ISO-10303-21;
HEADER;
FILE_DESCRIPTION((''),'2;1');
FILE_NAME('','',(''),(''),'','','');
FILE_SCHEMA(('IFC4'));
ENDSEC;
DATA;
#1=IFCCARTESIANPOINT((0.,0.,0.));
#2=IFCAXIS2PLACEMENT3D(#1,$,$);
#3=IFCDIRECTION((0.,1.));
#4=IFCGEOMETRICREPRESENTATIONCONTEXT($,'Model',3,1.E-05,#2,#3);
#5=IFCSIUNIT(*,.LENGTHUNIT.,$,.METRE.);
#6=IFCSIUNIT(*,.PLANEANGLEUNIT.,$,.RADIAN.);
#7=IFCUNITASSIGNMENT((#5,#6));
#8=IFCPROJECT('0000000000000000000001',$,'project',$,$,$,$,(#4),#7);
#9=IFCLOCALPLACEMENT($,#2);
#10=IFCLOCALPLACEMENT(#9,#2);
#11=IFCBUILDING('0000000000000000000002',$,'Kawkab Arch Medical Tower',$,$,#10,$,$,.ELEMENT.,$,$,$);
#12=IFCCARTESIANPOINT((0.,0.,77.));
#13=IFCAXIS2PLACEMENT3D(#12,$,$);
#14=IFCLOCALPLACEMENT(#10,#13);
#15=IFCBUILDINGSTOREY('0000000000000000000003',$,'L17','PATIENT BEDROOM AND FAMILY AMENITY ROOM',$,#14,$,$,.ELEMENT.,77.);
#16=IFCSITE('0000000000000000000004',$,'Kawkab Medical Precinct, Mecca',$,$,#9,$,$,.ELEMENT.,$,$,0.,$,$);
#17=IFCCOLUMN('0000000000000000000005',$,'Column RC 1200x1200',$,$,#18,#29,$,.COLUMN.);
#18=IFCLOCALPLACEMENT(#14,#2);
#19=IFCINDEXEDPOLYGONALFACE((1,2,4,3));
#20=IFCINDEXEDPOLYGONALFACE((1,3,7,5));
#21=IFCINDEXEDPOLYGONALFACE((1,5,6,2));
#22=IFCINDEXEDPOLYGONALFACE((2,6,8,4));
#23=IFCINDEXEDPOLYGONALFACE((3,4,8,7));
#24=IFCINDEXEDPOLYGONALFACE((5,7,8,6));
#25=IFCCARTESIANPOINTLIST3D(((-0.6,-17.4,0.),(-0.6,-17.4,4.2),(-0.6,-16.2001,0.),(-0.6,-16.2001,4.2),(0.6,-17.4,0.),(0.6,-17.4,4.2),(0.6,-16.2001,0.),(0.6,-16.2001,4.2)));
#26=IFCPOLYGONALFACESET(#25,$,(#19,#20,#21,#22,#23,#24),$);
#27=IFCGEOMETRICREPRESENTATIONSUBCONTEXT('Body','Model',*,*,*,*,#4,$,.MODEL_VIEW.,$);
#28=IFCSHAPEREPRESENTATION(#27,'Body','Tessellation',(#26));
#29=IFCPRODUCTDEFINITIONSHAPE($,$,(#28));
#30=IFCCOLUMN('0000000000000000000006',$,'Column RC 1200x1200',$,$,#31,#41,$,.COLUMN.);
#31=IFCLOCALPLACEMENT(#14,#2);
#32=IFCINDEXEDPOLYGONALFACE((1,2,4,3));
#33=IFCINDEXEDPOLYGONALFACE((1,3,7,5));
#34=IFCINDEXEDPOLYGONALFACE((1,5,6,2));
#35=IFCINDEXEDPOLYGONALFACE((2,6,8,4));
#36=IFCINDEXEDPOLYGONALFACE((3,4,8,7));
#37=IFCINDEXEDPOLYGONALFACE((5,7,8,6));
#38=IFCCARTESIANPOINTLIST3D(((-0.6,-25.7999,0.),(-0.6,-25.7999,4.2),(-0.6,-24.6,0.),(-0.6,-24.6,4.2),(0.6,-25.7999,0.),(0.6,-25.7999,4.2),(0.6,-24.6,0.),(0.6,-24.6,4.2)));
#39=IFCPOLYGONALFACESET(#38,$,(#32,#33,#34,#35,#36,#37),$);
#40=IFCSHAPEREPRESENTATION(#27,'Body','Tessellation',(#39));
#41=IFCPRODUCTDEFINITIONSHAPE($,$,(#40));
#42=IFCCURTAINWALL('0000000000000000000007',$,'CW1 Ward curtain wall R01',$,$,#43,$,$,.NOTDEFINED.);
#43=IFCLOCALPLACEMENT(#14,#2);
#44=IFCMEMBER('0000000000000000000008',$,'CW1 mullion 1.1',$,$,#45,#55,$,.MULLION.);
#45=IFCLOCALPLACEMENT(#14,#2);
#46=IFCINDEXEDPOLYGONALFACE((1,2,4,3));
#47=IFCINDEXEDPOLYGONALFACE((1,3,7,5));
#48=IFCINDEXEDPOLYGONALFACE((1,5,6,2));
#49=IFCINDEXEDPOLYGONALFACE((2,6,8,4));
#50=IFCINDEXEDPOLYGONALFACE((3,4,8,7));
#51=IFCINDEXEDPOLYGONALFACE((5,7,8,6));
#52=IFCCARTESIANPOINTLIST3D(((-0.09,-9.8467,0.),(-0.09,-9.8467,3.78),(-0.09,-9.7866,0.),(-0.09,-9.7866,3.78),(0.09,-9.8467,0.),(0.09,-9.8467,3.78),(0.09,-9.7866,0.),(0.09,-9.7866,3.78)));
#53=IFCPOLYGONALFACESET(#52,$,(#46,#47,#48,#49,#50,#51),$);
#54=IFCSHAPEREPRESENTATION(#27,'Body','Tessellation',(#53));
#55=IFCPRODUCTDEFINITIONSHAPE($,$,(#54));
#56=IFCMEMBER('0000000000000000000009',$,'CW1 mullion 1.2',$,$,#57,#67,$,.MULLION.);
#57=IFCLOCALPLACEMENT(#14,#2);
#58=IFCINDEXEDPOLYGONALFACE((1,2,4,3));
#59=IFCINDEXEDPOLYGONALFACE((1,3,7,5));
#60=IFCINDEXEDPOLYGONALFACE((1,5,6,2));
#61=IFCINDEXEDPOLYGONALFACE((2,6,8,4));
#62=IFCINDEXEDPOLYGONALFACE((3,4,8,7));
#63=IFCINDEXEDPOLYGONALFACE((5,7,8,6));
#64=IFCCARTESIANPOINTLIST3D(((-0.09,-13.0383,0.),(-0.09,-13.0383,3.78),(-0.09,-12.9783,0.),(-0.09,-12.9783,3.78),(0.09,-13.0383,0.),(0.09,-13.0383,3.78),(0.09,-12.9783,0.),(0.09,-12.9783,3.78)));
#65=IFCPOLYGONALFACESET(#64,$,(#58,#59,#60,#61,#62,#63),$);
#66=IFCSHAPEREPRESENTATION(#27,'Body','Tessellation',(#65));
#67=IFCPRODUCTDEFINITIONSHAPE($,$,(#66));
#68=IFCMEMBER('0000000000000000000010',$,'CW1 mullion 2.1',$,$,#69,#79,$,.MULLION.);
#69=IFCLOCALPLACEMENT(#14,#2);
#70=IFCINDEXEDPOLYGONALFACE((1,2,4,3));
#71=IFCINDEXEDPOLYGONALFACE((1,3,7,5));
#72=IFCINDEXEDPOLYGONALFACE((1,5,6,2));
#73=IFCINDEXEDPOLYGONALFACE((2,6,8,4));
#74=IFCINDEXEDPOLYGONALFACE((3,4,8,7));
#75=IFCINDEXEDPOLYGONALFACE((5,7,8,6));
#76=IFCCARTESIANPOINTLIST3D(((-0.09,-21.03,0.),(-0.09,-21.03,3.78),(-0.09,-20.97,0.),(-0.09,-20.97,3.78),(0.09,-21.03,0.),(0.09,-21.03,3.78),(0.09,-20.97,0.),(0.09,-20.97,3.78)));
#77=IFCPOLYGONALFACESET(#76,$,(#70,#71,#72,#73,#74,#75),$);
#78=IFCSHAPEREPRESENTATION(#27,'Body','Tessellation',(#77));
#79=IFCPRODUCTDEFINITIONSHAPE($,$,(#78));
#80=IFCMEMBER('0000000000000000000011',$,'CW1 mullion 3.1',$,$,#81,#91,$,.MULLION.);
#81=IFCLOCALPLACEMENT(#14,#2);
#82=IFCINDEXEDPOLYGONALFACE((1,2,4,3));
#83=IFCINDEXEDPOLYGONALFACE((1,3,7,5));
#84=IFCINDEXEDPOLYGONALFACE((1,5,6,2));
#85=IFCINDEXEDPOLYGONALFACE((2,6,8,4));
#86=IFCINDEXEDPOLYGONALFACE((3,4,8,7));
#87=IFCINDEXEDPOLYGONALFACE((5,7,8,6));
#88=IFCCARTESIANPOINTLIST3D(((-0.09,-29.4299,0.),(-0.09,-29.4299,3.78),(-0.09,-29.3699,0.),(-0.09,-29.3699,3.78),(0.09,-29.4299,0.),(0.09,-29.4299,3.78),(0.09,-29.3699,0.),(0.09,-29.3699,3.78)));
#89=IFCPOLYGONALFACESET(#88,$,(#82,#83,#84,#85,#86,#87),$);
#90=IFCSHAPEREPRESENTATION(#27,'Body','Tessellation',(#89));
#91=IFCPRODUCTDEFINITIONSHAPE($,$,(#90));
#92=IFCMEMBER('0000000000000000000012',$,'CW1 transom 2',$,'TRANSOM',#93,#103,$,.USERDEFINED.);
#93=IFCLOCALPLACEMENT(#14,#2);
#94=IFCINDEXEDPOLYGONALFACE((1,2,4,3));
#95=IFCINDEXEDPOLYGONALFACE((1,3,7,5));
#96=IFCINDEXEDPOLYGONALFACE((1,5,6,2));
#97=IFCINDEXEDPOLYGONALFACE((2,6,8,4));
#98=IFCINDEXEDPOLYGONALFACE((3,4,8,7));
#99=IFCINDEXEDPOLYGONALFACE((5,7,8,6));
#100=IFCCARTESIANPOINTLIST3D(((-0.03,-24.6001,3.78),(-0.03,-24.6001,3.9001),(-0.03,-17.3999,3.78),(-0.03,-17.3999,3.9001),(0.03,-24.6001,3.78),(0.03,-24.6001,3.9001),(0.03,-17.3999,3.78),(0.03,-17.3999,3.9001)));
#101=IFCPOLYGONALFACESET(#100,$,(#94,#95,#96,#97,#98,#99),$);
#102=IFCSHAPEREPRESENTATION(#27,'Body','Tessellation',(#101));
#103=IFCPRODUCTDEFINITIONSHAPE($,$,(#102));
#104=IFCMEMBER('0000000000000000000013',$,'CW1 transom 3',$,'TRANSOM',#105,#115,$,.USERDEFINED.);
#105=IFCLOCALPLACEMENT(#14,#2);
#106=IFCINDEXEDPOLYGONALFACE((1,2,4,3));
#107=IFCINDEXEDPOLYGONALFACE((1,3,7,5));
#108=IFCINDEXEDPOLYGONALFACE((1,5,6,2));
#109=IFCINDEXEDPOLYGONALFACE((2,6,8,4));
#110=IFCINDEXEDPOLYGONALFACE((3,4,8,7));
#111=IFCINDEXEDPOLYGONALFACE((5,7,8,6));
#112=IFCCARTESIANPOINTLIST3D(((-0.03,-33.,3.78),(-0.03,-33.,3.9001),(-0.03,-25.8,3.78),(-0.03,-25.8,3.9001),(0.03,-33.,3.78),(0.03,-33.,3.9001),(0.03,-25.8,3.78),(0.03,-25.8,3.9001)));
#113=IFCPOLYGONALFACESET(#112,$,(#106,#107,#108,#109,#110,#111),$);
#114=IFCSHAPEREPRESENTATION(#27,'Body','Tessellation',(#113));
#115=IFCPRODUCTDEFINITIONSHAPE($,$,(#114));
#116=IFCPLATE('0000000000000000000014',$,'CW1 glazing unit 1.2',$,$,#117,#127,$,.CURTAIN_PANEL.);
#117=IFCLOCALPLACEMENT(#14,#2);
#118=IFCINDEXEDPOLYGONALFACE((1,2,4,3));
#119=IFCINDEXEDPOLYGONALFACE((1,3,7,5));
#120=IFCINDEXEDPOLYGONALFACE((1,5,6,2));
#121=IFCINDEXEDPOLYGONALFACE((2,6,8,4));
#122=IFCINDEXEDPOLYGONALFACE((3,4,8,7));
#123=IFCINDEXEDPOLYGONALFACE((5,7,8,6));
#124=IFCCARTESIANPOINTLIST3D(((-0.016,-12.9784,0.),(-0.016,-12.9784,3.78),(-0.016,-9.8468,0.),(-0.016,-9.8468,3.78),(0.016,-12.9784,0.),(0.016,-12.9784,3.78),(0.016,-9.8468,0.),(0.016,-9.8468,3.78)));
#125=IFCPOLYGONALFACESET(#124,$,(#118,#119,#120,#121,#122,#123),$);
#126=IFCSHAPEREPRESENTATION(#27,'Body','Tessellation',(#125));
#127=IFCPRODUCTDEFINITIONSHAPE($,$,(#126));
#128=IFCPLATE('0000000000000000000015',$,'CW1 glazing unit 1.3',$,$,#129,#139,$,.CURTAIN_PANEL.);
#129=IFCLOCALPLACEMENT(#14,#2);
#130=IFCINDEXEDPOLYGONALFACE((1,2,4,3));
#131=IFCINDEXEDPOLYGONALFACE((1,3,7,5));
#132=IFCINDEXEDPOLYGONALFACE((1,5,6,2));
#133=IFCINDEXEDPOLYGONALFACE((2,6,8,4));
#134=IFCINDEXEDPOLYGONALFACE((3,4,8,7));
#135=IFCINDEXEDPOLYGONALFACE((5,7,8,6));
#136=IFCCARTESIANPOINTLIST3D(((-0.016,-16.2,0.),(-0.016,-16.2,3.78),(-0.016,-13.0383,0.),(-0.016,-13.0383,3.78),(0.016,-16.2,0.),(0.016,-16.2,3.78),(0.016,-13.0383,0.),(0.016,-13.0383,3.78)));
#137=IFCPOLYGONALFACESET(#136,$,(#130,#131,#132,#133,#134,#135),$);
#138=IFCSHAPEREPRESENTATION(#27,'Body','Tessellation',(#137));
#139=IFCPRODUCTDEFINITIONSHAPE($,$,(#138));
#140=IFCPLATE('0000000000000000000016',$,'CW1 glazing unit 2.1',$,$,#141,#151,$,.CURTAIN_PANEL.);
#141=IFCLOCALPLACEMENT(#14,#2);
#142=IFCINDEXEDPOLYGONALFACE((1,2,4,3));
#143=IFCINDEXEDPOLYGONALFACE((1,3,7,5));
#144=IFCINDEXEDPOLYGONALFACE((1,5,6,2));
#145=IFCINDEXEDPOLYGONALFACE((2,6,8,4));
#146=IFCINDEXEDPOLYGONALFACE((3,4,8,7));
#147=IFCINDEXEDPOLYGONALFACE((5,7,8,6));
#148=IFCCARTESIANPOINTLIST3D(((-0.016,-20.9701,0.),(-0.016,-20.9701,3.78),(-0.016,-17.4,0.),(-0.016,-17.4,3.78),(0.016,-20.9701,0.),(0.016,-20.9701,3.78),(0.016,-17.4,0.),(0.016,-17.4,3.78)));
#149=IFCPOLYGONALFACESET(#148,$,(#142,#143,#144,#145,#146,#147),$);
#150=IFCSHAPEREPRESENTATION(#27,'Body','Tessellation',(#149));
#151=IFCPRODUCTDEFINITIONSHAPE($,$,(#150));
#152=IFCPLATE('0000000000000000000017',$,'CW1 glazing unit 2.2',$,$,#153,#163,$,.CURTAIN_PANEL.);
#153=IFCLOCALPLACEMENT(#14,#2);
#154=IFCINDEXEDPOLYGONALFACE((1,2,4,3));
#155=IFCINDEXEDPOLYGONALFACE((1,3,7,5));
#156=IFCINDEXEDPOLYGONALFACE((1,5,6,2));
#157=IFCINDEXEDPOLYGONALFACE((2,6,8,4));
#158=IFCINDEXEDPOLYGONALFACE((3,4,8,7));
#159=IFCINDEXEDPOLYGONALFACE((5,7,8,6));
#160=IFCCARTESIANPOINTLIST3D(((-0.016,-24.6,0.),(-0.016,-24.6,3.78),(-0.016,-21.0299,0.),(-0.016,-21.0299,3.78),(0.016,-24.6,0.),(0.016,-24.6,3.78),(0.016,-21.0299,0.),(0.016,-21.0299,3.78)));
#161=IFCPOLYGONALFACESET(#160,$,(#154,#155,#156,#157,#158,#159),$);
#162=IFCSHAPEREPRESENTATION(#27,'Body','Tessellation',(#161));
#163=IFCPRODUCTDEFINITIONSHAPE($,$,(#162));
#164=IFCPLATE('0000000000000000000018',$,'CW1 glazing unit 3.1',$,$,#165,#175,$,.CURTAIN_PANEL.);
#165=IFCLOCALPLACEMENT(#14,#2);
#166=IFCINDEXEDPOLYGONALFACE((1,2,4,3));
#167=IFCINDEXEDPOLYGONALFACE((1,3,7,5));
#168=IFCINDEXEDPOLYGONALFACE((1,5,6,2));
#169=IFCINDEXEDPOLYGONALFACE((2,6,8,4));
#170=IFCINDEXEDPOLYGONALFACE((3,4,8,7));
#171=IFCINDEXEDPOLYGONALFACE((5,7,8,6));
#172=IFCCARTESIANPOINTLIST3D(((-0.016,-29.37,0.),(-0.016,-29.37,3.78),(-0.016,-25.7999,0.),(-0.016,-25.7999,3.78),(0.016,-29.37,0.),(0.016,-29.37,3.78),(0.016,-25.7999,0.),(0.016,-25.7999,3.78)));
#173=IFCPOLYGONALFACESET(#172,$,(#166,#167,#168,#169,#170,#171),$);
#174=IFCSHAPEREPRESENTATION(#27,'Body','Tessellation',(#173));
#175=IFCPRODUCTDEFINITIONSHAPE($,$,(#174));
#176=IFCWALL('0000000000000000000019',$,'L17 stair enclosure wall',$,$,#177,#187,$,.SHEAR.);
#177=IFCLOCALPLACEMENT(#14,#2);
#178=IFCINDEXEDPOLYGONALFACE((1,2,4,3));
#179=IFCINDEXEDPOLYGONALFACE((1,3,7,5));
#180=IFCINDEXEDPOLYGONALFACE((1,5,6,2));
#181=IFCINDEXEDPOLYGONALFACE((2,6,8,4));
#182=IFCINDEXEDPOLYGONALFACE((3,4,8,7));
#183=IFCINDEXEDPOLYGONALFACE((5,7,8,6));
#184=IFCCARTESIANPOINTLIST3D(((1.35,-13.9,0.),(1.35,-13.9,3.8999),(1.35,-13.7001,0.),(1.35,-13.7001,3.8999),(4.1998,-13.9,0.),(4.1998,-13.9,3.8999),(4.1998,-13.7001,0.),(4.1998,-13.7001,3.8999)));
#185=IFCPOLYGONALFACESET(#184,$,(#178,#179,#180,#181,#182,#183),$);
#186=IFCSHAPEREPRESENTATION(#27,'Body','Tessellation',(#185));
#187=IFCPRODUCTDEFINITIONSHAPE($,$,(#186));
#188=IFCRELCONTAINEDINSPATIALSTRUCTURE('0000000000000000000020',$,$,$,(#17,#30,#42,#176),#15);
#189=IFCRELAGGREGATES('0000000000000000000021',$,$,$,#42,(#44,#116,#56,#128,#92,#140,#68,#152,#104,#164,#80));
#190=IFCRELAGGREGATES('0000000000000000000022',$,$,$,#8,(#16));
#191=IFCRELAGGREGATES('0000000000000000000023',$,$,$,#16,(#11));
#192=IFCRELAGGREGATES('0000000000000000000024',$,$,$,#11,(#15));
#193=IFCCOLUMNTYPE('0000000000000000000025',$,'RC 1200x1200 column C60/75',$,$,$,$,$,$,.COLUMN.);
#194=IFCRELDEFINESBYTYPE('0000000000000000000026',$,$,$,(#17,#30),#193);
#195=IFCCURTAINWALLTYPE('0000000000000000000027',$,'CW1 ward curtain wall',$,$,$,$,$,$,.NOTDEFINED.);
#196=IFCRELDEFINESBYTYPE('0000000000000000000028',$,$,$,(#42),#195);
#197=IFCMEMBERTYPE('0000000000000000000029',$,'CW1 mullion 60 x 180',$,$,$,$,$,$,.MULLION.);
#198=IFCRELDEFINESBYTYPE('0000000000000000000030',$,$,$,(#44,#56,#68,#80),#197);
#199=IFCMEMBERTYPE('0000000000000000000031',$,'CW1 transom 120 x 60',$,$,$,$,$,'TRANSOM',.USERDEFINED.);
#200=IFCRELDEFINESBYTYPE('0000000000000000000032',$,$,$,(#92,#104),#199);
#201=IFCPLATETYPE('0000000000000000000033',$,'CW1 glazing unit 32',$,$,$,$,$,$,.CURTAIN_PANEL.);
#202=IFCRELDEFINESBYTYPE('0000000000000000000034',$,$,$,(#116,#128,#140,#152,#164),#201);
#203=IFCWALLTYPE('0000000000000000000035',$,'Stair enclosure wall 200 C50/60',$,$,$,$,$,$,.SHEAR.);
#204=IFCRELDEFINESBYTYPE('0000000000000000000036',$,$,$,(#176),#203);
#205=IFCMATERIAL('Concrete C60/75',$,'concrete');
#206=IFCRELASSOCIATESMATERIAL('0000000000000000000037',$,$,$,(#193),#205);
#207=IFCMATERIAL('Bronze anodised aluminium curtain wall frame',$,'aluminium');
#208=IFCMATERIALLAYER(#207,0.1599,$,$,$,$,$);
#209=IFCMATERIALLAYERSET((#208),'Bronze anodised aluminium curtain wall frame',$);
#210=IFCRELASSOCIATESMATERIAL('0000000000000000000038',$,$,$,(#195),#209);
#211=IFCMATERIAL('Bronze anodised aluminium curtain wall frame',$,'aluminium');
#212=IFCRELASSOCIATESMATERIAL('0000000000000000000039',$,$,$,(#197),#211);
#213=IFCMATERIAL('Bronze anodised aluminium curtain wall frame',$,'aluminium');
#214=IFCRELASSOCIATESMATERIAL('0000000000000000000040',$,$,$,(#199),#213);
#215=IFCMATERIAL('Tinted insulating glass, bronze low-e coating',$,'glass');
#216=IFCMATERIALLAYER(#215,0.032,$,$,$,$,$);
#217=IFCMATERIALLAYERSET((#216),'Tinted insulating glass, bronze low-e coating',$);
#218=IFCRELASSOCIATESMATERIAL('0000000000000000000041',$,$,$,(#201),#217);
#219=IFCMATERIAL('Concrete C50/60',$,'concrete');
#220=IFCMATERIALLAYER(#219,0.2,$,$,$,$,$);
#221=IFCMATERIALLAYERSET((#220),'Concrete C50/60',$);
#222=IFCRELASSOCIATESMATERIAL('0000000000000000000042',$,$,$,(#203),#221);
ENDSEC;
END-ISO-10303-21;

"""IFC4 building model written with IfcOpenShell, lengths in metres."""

from ifc_helpers import new_model, si_unit, direction, frame, frame_2d, origin, origin_2d, place, context, subcontext, project, spatial, rectangle, extrude, material, layer, layer_set, material_profile, profile_set, type_object, element, aggregate, save


model = new_model("IFC4")

# Units and contexts
model_context = context("Model", 3, precision=1e-05, world=origin(), true_north=direction((0.0, 1.0)))
body_context = subcontext(model_context, "Body", "Model", "MODEL_VIEW")
ifc_project = project(units=[si_unit("LENGTHUNIT", "METRE"), si_unit("PLANEANGLEUNIT", "RADIAN")], contexts=[model_context])

# Site, building, storey
site_placement = place(None, origin())
site = spatial("IfcSite", under=ifc_project, at=site_placement, Name="Kawkab Medical Precinct, Mecca", CompositionType="ELEMENT", RefElevation=0.0)
building_placement = place(site_placement, origin())
building = spatial("IfcBuilding", under=site, at=building_placement, Name="Kawkab Arch Medical Tower", CompositionType="ELEMENT")
storey_placement = place(building_placement, frame((0.0, 0.0, 77.0)))
storey = spatial("IfcBuildingStorey", under=building, at=storey_placement, Name="L17", Description="PATIENT BEDROOM AND FAMILY AMENITY ROOM", CompositionType="ELEMENT", Elevation=77.0)

# Columns
ifc_material_1 = material(Name="Concrete C60/75", Category="concrete")
ifc_material_profile_1 = material_profile(ifc_material_1, rectangle(XDim=1.2, YDim=1.2, at=origin_2d()), Name="RC 1200x1200")
ifc_profile_set_1 = profile_set([ifc_material_profile_1], Name="Concrete C60/75")
column_type = type_object("IfcColumnType", Name="RC 1200x1200 column C60/75", PredefinedType="COLUMN", material=ifc_profile_set_1)
for number, where, z_axis, x_axis, name in (
    (1, (0.0, -16.8, 0.0), (0.0, 0.0, 1.0), (1.0, 0.0, 0.0), "Column RC 1200x1200"),
    (2, (0.0, -25.2, 0.0), (0.0, 0.0, 1.0), (1.0, 0.0, 0.0), "Column RC 1200x1200"),
):
    element("IfcColumn", number, at=place(storey_placement, frame(where, z_axis=z_axis, x_axis=x_axis)), inside=storey, type_object=column_type, Name=name, PredefinedType="COLUMN", context=body_context, shape_type="SweptSolid", body=[
        extrude(rectangle(XDim=1.2, YDim=1.2, at=origin_2d()), origin(), (0.0, 0.0, 1.0), 4.2),
    ])

# Curtain wall, members, plates
ifc_material_2 = material(Name="Bronze anodised aluminium curtain wall frame", Category="aluminium")
ifc_layer_1 = layer(ifc_material_2, 0.1599)
ifc_layer_set_1 = layer_set([ifc_layer_1], Name="Bronze anodised aluminium curtain wall frame")
curtain_wall_type = type_object("IfcCurtainWallType", Name="CW1 ward curtain wall", PredefinedType="NOTDEFINED", material=ifc_layer_set_1)
placement = place(storey_placement, origin())
curtain_wall = element("IfcCurtainWall", 3, at=placement, inside=storey, type_object=curtain_wall_type, Name="CW1 Ward curtain wall R01", PredefinedType="NOTDEFINED")
ifc_material_3 = material(Name="Bronze anodised aluminium curtain wall frame", Category="aluminium")
ifc_material_profile_2 = material_profile(ifc_material_3, rectangle(XDim=0.1799, YDim=0.0601, at=origin_2d()), Name="AL 60x180")
ifc_profile_set_2 = profile_set([ifc_material_profile_2], Name="Bronze anodised aluminium curtain wall frame")
member_type_1 = type_object("IfcMemberType", Name="CW1 mullion 60 x 180", PredefinedType="MULLION", material=ifc_profile_set_2)
member_1_placement = place(storey_placement, frame((0.0, -9.8167, 0.0), z_axis=(0.0, 0.0, 1.0), x_axis=(1.0, 0.0, 0.0)))
member_1 = element("IfcMember", 4, at=member_1_placement, type_object=member_type_1, Name="CW1 mullion 1.1", PredefinedType="MULLION", context=body_context, shape_type="SweptSolid", body=[
    extrude(rectangle(XDim=0.1799, YDim=0.0601, at=origin_2d()), origin(), (0.0, 0.0, 1.0), 3.78),
])
member_2_placement = place(storey_placement, frame((0.0, -13.0083, 0.0), z_axis=(0.0, 0.0, 1.0), x_axis=(1.0, 0.0, 0.0)))
member_2 = element("IfcMember", 5, at=member_2_placement, type_object=member_type_1, Name="CW1 mullion 1.2", PredefinedType="MULLION", context=body_context, shape_type="SweptSolid", body=[
    extrude(rectangle(XDim=0.1799, YDim=0.0601, at=origin_2d()), origin(), (0.0, 0.0, 1.0), 3.78),
])
member_3_placement = place(storey_placement, frame((0.0, -21.0, 0.0), z_axis=(0.0, 0.0, 1.0), x_axis=(1.0, 0.0, 0.0)))
member_3 = element("IfcMember", 6, at=member_3_placement, type_object=member_type_1, Name="CW1 mullion 2.1", PredefinedType="MULLION", context=body_context, shape_type="SweptSolid", body=[
    extrude(rectangle(XDim=0.1799, YDim=0.0601, at=origin_2d()), origin(), (0.0, 0.0, 1.0), 3.78),
])
member_4_placement = place(storey_placement, frame((0.0, -29.3999, 0.0), z_axis=(0.0, 0.0, 1.0), x_axis=(1.0, 0.0, 0.0)))
member_4 = element("IfcMember", 7, at=member_4_placement, type_object=member_type_1, Name="CW1 mullion 3.1", PredefinedType="MULLION", context=body_context, shape_type="SweptSolid", body=[
    extrude(rectangle(XDim=0.1799, YDim=0.0601, at=origin_2d()), origin(), (0.0, 0.0, 1.0), 3.78),
])
ifc_material_4 = material(Name="Bronze anodised aluminium curtain wall frame", Category="aluminium")
ifc_material_profile_3 = material_profile(ifc_material_4, rectangle(XDim=0.0601, YDim=0.1201, at=origin_2d()), Name="AL 60x120")
ifc_profile_set_3 = profile_set([ifc_material_profile_3], Name="Bronze anodised aluminium curtain wall frame")
member_type_2 = type_object("IfcMemberType", Name="CW1 transom 120 x 60", ElementType="TRANSOM", PredefinedType="USERDEFINED", material=ifc_profile_set_3)
member_5_placement = place(storey_placement, frame((0.0, -17.3999, 3.8401), z_axis=(0.0, -1.0, 0.0), x_axis=(1.0, 0.0, 0.0)))
member_5 = element("IfcMember", 8, at=member_5_placement, type_object=member_type_2, Name="CW1 transom 2", ObjectType="TRANSOM", PredefinedType="USERDEFINED", context=body_context, shape_type="SweptSolid", body=[
    extrude(rectangle(XDim=0.0601, YDim=0.1201, at=origin_2d()), origin(), (0.0, 0.0, 1.0), 7.2002),
])
member_6_placement = place(storey_placement, frame((0.0, -25.8, 3.8401), z_axis=(0.0, -1.0, 0.0), x_axis=(1.0, 0.0, 0.0)))
member_6 = element("IfcMember", 9, at=member_6_placement, type_object=member_type_2, Name="CW1 transom 3", ObjectType="TRANSOM", PredefinedType="USERDEFINED", context=body_context, shape_type="SweptSolid", body=[
    extrude(rectangle(XDim=0.0601, YDim=0.1201, at=origin_2d()), origin(), (0.0, 0.0, 1.0), 7.2),
])
ifc_material_5 = material(Name="Tinted insulating glass, bronze low-e coating", Category="glass")
ifc_layer_2 = layer(ifc_material_5, 0.032)
ifc_layer_set_2 = layer_set([ifc_layer_2], Name="Tinted insulating glass, bronze low-e coating")
plate_type = type_object("IfcPlateType", Name="CW1 glazing unit 32", PredefinedType="CURTAIN_PANEL", material=ifc_layer_set_2)
plate_1_placement = place(storey_placement, frame((0.0, -11.4126, 0.0), z_axis=(0.0, 0.0, 1.0), x_axis=(0.0, -1.0, 0.0)))
plate_1 = element("IfcPlate", 10, at=plate_1_placement, type_object=plate_type, Name="CW1 glazing unit 1.2", PredefinedType="CURTAIN_PANEL", context=body_context, shape_type="SweptSolid", body=[
    extrude(rectangle(XDim=3.1316, YDim=0.032, at=origin_2d()), origin(), (0.0, 0.0, 1.0), 3.78),
])
plate_2_placement = place(storey_placement, frame((0.0, -14.6191, 0.0), z_axis=(0.0, 0.0, 1.0), x_axis=(0.0, -1.0, 0.0)))
plate_2 = element("IfcPlate", 11, at=plate_2_placement, type_object=plate_type, Name="CW1 glazing unit 1.3", PredefinedType="CURTAIN_PANEL", context=body_context, shape_type="SweptSolid", body=[
    extrude(rectangle(XDim=3.1616, YDim=0.032, at=origin_2d()), origin(), (0.0, 0.0, 1.0), 3.78),
])
plate_3_placement = place(storey_placement, frame((0.0, -19.1851, 0.0), z_axis=(0.0, 0.0, 1.0), x_axis=(0.0, -1.0, 0.0)))
plate_3 = element("IfcPlate", 12, at=plate_3_placement, type_object=plate_type, Name="CW1 glazing unit 2.1", PredefinedType="CURTAIN_PANEL", context=body_context, shape_type="SweptSolid", body=[
    extrude(rectangle(XDim=3.5701, YDim=0.032, at=origin_2d()), origin(), (0.0, 0.0, 1.0), 3.78),
])
plate_4_placement = place(storey_placement, frame((0.0, -22.8149, 0.0), z_axis=(0.0, 0.0, 1.0), x_axis=(0.0, -1.0, 0.0)))
plate_4 = element("IfcPlate", 13, at=plate_4_placement, type_object=plate_type, Name="CW1 glazing unit 2.2", PredefinedType="CURTAIN_PANEL", context=body_context, shape_type="SweptSolid", body=[
    extrude(rectangle(XDim=3.5701, YDim=0.032, at=origin_2d()), origin(), (0.0, 0.0, 1.0), 3.78),
])
plate_5_placement = place(storey_placement, frame((0.0, -27.585, 0.0), z_axis=(0.0, 0.0, 1.0), x_axis=(0.0, -1.0, 0.0)))
plate_5 = element("IfcPlate", 14, at=plate_5_placement, type_object=plate_type, Name="CW1 glazing unit 3.1", PredefinedType="CURTAIN_PANEL", context=body_context, shape_type="SweptSolid", body=[
    extrude(rectangle(XDim=3.5701, YDim=0.032, at=origin_2d()), origin(), (0.0, 0.0, 1.0), 3.78),
])
aggregate(curtain_wall, [member_1, plate_1, member_2, plate_2, member_5, plate_3, member_3, plate_4, member_6, plate_5, member_4])

# Wall
ifc_material_6 = material(Name="Concrete C50/60", Category="concrete")
ifc_layer_3 = layer(ifc_material_6, 0.2)
ifc_layer_set_3 = layer_set([ifc_layer_3], Name="Concrete C50/60")
wall_type_1 = type_object("IfcWallType", Name="Stair enclosure wall 200 C50/60", PredefinedType="SHEAR", material=ifc_layer_set_3)
for number, where, z_axis, x_axis, name in (
    (15, (1.3501, -13.8, 0.0), (0.0, 0.0, 1.0), (1.0, 0.0, 0.0), "L17 stair enclosure wall"),
):
    element("IfcWall", number, at=place(storey_placement, frame(where, z_axis=z_axis, x_axis=x_axis)), inside=storey, type_object=wall_type_1, Name=name, PredefinedType="SHEAR", context=body_context, shape_type="SweptSolid", body=[
        extrude(rectangle(XDim=2.8499, YDim=0.2, at=frame_2d((1.4248, 0.0))), origin(), (0.0, 0.0, 1.0), 3.8999),
    ])

save(model, "model.ifc")
